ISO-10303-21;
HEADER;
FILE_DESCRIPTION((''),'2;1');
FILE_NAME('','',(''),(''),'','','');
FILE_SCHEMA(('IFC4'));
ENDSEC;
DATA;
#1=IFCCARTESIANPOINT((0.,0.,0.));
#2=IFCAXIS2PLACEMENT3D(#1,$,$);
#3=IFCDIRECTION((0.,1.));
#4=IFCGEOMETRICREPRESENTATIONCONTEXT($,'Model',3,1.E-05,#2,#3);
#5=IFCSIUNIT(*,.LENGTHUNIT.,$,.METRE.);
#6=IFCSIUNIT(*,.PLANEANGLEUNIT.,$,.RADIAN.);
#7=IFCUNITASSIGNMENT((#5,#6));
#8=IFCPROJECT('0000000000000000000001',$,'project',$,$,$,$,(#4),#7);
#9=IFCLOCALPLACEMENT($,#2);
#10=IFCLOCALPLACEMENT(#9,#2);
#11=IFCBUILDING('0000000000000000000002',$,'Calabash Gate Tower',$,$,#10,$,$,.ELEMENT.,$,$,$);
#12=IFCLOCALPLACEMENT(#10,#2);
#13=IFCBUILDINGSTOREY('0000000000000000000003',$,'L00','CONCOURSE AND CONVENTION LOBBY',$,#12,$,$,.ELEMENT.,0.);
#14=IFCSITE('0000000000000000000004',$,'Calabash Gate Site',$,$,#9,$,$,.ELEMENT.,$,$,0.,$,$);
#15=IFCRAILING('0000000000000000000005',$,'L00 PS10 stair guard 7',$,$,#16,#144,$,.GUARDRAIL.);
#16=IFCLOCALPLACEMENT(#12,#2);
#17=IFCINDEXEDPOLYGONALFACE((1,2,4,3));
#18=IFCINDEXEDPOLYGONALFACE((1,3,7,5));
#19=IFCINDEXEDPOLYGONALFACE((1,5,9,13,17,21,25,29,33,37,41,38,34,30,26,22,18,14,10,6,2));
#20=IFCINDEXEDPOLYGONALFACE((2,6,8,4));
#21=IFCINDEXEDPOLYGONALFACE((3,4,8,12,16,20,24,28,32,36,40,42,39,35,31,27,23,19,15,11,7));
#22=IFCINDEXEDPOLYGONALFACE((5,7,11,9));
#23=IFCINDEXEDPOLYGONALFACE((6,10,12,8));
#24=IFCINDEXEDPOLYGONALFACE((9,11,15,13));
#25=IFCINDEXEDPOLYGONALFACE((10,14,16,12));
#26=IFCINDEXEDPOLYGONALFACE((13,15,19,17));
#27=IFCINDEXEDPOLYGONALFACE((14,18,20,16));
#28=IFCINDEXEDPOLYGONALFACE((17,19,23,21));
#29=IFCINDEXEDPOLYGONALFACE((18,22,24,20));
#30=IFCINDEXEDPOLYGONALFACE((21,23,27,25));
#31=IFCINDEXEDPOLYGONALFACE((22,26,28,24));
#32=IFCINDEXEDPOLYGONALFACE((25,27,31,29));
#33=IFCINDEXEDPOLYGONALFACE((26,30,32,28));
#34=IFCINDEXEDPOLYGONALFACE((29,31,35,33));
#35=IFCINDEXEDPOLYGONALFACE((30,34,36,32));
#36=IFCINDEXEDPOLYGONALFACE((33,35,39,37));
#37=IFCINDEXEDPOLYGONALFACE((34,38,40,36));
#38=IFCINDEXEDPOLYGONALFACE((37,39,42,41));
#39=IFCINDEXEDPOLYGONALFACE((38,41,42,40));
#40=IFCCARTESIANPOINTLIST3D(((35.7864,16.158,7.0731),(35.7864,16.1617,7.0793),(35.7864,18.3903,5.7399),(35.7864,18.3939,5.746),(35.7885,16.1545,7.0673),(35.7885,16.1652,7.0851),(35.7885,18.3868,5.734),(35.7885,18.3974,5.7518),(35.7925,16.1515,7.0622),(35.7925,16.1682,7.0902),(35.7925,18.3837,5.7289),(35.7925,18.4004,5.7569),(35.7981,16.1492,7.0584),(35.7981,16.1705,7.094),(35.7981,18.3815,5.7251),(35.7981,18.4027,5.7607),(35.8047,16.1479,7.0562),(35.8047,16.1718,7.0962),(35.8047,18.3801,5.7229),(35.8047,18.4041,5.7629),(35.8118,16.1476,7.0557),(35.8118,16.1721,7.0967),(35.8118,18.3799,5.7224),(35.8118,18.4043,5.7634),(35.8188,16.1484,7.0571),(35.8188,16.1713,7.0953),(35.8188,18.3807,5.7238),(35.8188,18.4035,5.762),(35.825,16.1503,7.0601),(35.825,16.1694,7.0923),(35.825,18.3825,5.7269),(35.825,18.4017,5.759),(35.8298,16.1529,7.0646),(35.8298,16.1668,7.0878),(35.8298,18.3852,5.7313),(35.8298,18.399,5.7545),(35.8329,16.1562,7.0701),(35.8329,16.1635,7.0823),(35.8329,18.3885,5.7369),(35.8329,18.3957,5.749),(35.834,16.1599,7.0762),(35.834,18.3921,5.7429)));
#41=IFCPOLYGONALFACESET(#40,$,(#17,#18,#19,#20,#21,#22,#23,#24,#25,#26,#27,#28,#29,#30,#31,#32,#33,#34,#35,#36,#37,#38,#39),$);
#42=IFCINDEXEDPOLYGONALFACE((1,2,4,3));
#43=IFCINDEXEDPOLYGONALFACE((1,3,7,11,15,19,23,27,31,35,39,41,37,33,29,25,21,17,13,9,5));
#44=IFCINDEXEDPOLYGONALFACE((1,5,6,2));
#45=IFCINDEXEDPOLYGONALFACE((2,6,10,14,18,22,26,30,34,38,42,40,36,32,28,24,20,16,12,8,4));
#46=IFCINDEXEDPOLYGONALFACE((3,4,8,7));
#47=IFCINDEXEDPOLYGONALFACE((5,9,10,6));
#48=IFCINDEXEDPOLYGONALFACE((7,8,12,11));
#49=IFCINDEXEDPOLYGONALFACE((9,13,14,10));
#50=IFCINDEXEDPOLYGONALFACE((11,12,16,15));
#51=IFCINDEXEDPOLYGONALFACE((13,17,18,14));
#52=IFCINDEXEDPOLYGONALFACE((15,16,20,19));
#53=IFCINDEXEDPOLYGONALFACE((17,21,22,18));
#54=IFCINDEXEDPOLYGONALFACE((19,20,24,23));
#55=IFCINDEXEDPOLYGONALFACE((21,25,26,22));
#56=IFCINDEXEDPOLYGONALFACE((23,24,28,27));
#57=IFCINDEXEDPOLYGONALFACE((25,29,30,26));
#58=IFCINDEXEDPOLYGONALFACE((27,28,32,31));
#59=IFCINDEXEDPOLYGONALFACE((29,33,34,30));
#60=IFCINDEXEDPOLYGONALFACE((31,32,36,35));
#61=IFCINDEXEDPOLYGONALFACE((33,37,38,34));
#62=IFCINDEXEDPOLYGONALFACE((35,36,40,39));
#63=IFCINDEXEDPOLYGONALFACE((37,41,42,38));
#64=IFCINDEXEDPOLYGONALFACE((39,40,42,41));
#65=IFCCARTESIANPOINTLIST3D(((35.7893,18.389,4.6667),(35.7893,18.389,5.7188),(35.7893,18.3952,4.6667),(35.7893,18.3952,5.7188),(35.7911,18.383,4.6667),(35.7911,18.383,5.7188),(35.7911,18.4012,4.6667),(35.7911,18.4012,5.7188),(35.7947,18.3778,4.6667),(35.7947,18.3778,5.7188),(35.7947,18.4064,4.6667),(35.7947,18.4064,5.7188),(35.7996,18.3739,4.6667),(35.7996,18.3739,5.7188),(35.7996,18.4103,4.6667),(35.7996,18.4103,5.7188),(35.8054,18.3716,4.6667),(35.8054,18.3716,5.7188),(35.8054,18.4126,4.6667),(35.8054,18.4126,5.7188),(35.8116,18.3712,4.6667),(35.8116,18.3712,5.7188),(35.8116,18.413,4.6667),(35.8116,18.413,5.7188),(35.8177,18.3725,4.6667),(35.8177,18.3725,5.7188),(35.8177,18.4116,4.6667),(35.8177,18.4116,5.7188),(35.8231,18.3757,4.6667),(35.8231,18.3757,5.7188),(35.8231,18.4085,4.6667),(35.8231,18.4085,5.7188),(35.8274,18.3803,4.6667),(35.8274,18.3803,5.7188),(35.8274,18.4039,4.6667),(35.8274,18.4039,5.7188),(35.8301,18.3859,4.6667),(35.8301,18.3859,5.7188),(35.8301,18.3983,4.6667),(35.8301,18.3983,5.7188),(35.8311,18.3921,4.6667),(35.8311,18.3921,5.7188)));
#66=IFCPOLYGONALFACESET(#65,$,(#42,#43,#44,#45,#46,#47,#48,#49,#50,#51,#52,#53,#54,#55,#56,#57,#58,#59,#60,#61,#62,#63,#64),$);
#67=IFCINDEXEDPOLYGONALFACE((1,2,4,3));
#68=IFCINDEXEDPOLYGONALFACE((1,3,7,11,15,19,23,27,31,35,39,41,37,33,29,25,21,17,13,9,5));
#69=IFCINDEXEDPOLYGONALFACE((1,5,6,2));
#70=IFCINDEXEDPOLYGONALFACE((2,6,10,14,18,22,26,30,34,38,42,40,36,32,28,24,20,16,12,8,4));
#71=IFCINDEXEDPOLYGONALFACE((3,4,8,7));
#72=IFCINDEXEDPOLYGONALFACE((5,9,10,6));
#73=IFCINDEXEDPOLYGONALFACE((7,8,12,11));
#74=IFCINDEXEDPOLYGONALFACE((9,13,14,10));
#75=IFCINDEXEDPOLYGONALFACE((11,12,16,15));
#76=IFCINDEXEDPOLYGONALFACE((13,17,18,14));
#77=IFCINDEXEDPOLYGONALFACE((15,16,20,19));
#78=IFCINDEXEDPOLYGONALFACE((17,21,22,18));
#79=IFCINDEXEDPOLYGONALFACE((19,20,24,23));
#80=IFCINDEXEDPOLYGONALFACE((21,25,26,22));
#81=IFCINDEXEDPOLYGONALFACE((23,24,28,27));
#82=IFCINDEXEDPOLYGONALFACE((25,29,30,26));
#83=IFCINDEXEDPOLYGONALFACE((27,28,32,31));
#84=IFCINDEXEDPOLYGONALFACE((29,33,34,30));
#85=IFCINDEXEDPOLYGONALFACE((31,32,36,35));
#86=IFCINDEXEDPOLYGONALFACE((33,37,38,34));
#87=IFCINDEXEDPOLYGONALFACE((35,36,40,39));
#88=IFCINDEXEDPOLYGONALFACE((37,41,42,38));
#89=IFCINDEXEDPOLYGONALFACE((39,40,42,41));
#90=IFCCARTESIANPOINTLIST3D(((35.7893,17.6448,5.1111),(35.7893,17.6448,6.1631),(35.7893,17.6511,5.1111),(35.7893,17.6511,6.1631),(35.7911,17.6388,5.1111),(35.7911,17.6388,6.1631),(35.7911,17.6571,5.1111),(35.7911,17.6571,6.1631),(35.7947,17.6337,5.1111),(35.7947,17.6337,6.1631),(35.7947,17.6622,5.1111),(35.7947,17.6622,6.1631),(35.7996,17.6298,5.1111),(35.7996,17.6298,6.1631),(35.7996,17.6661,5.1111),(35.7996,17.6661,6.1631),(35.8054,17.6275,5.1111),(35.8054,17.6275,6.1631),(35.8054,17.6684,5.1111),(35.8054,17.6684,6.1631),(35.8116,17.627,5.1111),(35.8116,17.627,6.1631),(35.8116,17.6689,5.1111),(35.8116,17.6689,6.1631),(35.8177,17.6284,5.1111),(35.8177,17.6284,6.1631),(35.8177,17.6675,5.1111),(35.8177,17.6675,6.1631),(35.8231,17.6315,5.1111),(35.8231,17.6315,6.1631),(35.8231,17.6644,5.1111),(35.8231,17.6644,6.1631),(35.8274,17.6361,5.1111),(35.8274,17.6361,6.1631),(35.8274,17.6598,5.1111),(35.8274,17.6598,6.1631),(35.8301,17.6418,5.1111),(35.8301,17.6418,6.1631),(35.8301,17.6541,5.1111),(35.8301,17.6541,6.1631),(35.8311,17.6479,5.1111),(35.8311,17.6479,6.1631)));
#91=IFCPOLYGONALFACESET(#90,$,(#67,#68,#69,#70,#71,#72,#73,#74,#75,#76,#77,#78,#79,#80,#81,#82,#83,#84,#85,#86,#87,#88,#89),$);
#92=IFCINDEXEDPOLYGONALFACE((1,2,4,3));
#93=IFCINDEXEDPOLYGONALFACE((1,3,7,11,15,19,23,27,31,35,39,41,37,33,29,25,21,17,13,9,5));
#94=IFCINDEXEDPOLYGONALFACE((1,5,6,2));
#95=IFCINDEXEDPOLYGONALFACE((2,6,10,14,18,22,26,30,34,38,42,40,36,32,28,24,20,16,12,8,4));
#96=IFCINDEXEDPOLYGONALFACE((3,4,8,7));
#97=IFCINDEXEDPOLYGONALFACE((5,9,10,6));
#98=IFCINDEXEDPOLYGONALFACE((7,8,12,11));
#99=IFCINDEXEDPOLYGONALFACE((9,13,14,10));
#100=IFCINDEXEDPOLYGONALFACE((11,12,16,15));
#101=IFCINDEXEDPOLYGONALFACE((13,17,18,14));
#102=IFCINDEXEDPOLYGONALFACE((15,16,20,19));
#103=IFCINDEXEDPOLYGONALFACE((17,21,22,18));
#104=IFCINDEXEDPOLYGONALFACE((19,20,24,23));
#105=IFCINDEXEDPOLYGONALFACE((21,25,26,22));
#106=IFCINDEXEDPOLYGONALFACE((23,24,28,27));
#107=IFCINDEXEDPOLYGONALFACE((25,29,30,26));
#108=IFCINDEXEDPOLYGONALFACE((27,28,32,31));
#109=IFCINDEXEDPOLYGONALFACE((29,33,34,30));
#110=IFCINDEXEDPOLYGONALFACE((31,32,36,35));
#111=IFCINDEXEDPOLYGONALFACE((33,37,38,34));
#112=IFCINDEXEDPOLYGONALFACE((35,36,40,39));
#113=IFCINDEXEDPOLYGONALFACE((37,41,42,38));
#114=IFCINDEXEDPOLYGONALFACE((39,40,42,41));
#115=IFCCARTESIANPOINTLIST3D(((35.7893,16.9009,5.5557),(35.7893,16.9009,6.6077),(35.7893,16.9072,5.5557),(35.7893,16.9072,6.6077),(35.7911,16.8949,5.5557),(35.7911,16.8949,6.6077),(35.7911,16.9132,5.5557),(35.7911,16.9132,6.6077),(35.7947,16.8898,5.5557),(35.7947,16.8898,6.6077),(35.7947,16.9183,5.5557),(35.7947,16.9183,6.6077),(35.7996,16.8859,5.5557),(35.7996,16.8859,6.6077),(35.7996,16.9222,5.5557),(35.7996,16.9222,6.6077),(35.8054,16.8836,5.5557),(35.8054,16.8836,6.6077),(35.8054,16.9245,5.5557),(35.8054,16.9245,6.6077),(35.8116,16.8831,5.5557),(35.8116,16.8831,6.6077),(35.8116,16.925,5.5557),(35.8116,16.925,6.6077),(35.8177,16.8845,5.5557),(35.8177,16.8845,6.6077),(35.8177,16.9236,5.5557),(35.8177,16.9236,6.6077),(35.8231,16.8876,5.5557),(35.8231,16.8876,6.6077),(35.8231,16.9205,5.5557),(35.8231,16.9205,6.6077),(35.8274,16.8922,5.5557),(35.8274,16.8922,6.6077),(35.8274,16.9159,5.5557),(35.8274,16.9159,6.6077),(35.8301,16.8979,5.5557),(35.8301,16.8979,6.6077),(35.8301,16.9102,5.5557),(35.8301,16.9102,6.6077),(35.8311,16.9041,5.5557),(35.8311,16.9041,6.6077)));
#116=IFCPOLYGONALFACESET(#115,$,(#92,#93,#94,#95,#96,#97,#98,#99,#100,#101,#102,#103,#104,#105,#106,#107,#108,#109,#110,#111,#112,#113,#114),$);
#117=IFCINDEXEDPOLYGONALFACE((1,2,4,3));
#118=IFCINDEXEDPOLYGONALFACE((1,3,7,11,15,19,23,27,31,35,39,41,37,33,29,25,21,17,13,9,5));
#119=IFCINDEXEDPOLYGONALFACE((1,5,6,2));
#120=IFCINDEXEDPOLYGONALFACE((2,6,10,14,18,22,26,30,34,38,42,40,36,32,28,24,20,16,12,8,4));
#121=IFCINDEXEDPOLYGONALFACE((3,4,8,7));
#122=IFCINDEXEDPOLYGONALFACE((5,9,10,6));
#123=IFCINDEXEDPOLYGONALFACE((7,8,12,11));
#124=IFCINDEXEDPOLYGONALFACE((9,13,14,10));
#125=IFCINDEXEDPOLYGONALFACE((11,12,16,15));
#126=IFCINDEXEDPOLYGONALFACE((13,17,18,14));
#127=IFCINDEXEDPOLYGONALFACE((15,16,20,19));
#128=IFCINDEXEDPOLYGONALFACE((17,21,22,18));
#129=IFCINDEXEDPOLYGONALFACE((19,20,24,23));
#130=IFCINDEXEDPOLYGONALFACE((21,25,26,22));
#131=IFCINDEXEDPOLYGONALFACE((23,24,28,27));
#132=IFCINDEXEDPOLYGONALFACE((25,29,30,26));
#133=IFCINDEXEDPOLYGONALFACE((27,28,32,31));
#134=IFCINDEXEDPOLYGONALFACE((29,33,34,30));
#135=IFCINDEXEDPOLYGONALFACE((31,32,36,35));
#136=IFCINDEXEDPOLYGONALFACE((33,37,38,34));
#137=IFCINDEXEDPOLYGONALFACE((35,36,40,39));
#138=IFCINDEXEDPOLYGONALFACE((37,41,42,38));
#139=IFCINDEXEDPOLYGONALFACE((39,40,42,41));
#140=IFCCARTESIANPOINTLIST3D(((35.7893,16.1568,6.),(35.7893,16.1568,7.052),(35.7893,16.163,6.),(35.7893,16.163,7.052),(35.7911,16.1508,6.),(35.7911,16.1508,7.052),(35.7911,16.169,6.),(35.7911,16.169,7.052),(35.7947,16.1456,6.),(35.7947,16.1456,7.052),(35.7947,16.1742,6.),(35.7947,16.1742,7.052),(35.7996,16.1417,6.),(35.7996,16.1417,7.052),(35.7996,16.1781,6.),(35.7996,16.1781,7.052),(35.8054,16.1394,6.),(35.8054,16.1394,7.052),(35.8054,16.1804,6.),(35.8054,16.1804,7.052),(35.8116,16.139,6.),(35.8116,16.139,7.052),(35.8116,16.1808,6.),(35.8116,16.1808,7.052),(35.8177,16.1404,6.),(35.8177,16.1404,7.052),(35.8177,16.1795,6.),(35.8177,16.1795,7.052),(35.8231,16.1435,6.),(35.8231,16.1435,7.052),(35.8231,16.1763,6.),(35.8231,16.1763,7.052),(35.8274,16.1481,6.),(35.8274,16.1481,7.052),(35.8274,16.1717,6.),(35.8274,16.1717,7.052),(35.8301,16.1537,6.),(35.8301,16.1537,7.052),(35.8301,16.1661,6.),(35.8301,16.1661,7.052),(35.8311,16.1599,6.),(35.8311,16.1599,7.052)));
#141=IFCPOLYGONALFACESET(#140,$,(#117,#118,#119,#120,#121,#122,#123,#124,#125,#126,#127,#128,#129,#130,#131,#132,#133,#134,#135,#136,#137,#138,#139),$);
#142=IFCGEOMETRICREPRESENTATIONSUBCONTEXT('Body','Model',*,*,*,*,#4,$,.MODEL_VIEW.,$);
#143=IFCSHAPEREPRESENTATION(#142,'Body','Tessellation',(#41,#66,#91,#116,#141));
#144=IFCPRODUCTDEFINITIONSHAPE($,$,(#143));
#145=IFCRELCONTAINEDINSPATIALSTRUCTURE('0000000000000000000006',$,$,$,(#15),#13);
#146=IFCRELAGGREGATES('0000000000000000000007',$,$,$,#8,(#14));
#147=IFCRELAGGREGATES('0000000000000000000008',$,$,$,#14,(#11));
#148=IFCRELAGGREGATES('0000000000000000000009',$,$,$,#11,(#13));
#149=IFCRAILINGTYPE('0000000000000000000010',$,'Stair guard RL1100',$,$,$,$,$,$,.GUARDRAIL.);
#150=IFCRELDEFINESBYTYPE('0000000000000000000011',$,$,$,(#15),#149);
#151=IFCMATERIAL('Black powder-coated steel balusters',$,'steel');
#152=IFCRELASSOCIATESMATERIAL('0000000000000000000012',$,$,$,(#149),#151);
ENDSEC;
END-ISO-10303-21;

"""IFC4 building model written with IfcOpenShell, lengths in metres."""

from ifc_helpers import new_model, si_unit, direction, frame, origin, origin_2d, place, context, subcontext, project, spatial, circle, extrude, material, type_object, element, save


model = new_model("IFC4")

# Units and contexts
model_context = context("Model", 3, precision=1e-05, world=origin(), true_north=direction((0.0, 1.0)))
body_context = subcontext(model_context, "Body", "Model", "MODEL_VIEW")
ifc_project = project(units=[si_unit("LENGTHUNIT", "METRE"), si_unit("PLANEANGLEUNIT", "RADIAN")], contexts=[model_context])

# Site, building, storey
site_placement = place(None, origin())
site = spatial("IfcSite", under=ifc_project, at=site_placement, Name="Calabash Gate Site", CompositionType="ELEMENT", RefElevation=0.0)
building_placement = place(site_placement, origin())
building = spatial("IfcBuilding", under=site, at=building_placement, Name="Calabash Gate Tower", CompositionType="ELEMENT")
storey_placement = place(building_placement, origin())
storey = spatial("IfcBuildingStorey", under=building, at=storey_placement, Name="L00", Description="CONCOURSE AND CONVENTION LOBBY", CompositionType="ELEMENT", Elevation=0.0)

# Railing
ifc_material_1 = material(Name="Black powder-coated steel balusters", Category="steel")
railing_type_1 = type_object("IfcRailingType", Name="Stair guard RL1100", PredefinedType="GUARDRAIL", material=ifc_material_1)
for number, where, name in (
    (1, (35.8101, 18.3921, 4.6667), "L00 PS10 stair guard 7"),
):
    element("IfcRailing", number, at=place(storey_placement, frame(where)), inside=storey, type_object=railing_type_1, Name=name, PredefinedType="GUARDRAIL", context=body_context, shape_type="SweptSolid", body=[
        extrude(circle(Radius=0.0239, at=origin_2d()), frame((0.0, 0.0, 1.0762), z_axis=(0.0, -0.858519, 0.512782), x_axis=(1.0, 0.0, 0.0)), (0.0, 0.0, 1.0), 2.6001),
        extrude(circle(Radius=0.021, at=origin_2d()), origin(), (0.0, 0.0, 1.0), 1.052),
        extrude(circle(Radius=0.021, at=origin_2d()), frame((0.0, -0.7441, 0.4443)), (0.0, 0.0, 1.0), 1.052),
        extrude(circle(Radius=0.021, at=origin_2d()), frame((0.0, -1.488, 0.8889)), (0.0, 0.0, 1.0), 1.052),
        extrude(circle(Radius=0.021, at=origin_2d()), frame((0.0, -2.2322, 1.3333)), (0.0, 0.0, 1.0), 1.052),
    ])

save(model, "model.ifc")
